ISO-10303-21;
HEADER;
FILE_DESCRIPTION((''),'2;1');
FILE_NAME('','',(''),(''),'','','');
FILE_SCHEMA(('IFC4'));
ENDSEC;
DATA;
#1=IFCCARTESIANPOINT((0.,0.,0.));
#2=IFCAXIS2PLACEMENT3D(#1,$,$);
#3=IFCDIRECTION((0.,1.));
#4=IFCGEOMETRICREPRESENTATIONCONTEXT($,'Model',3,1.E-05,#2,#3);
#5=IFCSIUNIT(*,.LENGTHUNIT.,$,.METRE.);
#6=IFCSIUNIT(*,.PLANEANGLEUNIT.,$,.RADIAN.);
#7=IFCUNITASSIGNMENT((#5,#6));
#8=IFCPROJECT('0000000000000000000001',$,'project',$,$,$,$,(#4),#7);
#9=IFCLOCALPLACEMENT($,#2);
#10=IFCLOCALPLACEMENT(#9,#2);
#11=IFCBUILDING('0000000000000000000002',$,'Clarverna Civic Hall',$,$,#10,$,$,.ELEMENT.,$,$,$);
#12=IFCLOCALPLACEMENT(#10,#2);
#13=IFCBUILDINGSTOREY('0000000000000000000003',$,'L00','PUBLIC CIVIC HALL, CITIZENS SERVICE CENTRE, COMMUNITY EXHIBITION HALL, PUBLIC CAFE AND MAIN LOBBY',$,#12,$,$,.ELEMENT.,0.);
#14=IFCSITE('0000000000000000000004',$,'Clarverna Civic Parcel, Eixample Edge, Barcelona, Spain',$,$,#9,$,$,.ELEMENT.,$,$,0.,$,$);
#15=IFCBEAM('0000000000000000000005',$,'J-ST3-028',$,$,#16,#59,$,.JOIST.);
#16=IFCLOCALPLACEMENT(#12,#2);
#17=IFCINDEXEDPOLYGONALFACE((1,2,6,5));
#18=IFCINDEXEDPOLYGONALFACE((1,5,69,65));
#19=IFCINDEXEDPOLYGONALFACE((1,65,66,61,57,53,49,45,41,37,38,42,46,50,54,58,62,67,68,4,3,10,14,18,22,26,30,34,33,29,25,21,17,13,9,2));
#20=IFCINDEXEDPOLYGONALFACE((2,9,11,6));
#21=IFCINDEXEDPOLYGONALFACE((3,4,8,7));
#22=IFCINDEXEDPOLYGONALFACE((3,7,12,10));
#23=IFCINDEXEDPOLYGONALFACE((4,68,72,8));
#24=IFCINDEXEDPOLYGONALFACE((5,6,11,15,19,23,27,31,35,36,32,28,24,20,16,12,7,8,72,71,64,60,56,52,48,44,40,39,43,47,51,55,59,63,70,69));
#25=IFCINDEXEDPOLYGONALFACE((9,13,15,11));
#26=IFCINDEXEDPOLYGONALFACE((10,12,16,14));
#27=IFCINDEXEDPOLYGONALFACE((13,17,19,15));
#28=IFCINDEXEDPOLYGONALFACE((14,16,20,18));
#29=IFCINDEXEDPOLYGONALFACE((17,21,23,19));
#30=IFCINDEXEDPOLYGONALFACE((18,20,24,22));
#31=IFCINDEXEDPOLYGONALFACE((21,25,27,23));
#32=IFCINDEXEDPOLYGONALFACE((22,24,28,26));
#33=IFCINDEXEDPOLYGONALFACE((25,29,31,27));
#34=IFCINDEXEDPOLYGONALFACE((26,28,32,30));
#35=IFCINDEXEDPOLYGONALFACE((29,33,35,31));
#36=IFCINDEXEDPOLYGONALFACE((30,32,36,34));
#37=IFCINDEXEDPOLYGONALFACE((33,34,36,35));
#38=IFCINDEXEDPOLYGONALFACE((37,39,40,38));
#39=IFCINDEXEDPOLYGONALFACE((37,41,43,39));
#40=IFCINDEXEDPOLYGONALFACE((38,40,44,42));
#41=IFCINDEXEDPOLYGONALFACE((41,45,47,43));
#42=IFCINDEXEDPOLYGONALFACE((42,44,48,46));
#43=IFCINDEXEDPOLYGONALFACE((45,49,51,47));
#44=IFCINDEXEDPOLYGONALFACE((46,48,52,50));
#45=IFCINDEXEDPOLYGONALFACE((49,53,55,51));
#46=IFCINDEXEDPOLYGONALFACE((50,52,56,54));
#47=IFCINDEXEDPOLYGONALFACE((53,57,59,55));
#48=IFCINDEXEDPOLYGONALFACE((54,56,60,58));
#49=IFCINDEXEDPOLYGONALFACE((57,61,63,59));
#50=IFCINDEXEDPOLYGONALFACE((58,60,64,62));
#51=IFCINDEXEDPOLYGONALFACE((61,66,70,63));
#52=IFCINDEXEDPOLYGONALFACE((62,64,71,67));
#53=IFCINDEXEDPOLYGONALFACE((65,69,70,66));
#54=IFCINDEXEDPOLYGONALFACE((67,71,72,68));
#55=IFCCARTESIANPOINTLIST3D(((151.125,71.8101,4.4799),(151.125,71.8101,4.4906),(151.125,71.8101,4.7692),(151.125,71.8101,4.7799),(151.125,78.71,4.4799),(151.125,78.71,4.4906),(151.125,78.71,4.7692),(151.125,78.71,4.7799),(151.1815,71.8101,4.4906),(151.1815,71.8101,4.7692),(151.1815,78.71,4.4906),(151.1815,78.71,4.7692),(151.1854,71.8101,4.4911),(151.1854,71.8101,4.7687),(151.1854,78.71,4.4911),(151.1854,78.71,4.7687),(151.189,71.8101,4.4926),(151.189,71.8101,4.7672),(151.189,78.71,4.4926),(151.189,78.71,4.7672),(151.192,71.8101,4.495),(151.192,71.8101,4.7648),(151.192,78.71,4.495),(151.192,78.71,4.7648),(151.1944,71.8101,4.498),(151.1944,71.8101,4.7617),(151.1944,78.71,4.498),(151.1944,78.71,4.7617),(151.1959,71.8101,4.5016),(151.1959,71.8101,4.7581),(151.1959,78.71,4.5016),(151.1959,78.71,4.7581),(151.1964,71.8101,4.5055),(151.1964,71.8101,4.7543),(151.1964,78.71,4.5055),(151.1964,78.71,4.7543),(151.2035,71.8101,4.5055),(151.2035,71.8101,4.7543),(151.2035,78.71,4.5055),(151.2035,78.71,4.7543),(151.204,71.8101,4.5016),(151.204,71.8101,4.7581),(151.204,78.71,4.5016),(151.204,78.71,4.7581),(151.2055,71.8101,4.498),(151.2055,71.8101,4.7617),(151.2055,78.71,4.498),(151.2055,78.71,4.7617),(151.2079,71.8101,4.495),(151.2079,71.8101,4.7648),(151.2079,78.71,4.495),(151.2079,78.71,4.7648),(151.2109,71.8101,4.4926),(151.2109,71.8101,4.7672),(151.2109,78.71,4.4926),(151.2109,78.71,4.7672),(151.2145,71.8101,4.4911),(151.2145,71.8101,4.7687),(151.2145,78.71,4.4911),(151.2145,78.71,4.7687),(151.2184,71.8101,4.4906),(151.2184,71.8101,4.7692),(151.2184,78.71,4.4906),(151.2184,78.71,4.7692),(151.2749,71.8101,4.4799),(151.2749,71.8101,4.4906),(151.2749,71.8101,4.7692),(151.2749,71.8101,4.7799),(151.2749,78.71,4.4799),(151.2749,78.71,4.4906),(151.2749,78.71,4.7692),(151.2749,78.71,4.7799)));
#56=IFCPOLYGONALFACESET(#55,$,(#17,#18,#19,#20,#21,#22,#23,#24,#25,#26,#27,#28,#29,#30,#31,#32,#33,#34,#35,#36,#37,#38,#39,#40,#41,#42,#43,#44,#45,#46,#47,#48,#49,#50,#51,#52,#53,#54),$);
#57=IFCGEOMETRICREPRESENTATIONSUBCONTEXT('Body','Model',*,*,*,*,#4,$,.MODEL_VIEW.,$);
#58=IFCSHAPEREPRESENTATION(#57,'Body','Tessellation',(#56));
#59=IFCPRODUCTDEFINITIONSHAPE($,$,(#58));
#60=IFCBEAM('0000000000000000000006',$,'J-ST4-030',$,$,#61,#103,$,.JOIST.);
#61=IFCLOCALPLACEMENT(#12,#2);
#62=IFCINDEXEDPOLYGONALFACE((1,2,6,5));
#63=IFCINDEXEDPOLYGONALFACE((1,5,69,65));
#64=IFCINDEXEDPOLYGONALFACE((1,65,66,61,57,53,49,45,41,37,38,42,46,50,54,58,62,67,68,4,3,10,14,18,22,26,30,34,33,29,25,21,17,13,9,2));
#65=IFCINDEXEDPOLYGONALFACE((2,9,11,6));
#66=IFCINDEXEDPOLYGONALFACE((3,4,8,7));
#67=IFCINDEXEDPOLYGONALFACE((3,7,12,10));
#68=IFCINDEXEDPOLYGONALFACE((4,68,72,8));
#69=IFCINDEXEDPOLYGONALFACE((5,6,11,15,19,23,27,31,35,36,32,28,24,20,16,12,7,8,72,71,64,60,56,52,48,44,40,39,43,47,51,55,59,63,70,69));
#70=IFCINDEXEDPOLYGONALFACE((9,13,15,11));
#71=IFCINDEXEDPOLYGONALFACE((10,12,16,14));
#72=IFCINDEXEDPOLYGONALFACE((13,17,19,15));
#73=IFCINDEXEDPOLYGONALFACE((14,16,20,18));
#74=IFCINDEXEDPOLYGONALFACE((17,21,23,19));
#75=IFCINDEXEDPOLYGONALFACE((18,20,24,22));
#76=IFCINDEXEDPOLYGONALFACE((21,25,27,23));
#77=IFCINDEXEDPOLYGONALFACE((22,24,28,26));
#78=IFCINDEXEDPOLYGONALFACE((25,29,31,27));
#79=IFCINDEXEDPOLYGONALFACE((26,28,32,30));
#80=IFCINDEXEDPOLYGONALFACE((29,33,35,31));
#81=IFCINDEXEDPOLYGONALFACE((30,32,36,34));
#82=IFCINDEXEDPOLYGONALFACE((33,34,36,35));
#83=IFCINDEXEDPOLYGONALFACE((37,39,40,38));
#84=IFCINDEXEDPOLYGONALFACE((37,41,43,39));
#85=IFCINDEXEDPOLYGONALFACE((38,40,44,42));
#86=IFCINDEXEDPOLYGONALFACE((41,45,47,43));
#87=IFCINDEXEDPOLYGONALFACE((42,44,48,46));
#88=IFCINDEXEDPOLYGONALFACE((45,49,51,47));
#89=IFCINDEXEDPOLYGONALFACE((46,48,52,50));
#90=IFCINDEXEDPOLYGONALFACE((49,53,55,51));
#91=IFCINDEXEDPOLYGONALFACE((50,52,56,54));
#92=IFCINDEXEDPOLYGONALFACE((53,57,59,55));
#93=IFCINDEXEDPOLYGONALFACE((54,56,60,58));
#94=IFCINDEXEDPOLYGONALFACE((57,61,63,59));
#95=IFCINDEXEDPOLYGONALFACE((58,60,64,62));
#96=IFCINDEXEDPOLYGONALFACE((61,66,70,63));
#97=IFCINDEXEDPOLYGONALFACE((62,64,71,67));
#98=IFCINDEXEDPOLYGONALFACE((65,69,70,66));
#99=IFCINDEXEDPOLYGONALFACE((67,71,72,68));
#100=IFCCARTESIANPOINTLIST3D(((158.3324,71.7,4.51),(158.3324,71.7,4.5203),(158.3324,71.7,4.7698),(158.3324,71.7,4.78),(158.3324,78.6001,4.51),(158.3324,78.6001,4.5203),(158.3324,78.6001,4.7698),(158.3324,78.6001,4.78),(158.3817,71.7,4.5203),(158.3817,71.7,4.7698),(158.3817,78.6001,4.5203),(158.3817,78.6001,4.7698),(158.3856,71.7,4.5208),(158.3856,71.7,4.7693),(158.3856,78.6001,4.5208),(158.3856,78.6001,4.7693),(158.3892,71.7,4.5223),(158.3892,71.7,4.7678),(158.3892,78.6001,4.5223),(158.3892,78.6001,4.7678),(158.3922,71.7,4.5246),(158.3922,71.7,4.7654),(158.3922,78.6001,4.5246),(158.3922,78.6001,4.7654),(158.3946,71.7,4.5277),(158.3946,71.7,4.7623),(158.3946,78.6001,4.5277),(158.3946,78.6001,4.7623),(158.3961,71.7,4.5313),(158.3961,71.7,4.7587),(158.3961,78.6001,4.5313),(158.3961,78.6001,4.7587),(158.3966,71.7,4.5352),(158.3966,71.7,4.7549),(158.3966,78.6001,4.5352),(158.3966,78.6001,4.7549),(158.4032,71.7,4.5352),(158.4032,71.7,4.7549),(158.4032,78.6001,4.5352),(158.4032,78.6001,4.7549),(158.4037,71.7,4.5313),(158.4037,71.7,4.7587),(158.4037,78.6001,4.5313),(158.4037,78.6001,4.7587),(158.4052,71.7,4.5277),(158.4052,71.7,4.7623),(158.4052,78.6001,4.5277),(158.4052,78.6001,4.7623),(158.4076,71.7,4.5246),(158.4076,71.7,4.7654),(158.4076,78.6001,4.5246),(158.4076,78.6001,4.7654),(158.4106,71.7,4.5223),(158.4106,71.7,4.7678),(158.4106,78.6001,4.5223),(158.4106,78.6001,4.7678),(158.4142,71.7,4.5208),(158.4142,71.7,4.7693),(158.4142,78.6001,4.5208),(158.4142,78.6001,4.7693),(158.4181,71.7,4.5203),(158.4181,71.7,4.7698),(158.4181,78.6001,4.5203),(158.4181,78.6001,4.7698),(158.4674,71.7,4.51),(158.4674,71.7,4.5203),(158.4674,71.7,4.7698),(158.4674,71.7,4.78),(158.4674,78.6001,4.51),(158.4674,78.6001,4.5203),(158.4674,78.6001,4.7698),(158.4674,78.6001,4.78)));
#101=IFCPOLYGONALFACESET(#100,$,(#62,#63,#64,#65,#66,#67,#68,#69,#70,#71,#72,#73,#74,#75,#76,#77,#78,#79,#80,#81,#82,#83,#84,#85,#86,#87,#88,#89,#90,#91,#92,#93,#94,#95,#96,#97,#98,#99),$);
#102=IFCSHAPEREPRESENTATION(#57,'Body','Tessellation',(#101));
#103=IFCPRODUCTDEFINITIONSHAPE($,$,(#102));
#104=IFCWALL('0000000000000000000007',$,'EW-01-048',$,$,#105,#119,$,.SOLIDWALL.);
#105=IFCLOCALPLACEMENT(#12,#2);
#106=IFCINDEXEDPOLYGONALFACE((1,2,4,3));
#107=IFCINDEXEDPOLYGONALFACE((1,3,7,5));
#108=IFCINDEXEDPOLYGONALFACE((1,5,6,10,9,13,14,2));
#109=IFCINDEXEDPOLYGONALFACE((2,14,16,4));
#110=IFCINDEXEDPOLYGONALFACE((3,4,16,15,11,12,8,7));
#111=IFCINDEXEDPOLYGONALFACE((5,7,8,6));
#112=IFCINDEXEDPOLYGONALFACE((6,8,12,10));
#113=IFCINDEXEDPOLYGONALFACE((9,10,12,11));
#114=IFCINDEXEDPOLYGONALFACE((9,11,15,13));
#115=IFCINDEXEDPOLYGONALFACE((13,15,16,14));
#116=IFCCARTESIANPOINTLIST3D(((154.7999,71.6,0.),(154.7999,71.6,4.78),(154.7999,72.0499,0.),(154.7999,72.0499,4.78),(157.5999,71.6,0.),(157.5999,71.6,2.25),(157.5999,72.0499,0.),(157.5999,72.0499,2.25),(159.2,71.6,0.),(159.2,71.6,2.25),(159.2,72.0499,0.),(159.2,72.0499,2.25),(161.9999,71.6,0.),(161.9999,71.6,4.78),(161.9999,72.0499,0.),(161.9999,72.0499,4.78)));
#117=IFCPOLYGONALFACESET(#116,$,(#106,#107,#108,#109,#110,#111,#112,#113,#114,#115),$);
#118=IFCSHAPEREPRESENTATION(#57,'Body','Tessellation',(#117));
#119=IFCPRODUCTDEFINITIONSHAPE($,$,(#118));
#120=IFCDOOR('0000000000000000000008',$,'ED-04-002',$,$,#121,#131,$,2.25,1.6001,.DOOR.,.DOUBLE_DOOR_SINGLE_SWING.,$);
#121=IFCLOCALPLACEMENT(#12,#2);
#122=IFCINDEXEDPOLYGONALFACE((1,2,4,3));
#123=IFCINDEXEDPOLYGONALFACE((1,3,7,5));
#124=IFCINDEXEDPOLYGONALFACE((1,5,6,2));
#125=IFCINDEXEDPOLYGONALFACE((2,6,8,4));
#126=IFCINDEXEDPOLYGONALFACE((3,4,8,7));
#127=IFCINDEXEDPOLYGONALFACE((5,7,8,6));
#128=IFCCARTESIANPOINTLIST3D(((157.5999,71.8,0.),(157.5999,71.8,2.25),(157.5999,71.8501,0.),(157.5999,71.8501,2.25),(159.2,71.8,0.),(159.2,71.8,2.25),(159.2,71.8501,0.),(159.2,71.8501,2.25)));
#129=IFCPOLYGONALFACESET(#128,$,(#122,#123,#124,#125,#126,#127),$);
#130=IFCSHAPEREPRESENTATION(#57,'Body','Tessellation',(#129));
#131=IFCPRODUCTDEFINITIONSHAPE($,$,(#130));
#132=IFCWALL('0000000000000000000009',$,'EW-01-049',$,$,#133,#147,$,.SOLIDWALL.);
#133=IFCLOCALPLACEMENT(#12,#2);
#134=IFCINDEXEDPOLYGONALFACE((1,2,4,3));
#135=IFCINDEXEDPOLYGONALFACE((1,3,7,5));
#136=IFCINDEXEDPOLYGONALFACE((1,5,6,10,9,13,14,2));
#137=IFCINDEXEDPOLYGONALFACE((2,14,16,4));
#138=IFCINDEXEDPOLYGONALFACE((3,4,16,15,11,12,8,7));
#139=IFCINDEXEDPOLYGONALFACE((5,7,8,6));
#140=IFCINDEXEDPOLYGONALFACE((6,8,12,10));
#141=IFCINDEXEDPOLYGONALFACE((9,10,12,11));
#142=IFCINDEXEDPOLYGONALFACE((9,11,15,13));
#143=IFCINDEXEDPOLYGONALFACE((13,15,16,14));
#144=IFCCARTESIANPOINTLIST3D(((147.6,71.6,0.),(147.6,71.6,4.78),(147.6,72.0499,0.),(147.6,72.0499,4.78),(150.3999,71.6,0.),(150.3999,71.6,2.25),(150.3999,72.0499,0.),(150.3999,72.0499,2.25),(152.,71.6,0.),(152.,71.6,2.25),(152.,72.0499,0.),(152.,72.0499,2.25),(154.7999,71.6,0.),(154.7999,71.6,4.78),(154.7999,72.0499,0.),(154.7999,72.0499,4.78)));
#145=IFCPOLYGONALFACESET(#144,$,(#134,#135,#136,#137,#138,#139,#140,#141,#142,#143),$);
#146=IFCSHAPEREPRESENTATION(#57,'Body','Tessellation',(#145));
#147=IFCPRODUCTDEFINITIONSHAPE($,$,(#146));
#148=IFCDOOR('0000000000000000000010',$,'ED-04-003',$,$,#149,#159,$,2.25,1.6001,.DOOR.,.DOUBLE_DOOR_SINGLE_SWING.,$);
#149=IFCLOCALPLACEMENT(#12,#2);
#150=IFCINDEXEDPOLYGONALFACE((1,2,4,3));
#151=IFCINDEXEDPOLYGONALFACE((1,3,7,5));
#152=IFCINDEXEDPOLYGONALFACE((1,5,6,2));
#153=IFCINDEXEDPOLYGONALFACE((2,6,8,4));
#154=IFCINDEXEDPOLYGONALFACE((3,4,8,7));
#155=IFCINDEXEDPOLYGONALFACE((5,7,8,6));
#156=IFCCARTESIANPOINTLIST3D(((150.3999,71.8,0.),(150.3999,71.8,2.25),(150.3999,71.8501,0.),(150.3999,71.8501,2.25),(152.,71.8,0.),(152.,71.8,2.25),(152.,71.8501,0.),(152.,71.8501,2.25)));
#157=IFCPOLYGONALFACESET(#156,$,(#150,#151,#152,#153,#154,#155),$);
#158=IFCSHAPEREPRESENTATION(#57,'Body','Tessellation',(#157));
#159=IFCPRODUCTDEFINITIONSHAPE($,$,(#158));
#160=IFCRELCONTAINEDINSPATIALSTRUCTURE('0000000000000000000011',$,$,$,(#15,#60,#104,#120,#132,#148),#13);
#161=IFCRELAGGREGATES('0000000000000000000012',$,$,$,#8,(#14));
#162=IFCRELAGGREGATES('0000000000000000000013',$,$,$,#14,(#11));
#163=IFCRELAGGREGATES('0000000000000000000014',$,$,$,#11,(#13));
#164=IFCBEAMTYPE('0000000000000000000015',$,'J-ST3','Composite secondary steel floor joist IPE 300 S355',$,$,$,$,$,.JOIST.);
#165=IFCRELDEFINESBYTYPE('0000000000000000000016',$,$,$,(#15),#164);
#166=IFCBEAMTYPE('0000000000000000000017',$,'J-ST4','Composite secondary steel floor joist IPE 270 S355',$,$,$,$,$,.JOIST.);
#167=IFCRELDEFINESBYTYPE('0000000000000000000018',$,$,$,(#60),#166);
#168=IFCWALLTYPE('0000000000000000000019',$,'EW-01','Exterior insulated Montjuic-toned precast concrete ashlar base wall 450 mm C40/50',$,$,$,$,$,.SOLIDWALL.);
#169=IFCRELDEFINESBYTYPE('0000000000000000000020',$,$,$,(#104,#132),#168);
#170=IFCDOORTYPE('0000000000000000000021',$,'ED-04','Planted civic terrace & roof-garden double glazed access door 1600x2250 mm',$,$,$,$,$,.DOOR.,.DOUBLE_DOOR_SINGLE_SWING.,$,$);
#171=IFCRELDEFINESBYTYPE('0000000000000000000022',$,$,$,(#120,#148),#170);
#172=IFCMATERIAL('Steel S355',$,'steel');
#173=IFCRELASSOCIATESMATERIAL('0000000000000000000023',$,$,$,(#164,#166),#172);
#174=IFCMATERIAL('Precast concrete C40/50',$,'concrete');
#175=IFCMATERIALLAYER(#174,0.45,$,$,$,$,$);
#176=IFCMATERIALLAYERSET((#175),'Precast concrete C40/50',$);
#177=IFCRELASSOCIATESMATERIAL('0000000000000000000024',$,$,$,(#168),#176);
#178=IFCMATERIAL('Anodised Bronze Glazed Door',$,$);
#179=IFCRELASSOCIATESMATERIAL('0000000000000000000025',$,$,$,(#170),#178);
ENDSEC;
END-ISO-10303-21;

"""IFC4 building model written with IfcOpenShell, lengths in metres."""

from ifc_helpers import new_model, si_unit, direction, frame, frame_2d, origin, origin_2d, place, context, subcontext, project, spatial, rectangle, i_section, extrude, material, layer, layer_set, material_profile, profile_set, type_object, element, fill, save


model = new_model("IFC4")

# Units and contexts
model_context = context("Model", 3, precision=1e-05, world=origin(), true_north=direction((0.0, 1.0)))
body_context = subcontext(model_context, "Body", "Model", "MODEL_VIEW")
ifc_project = project(units=[si_unit("LENGTHUNIT", "METRE"), si_unit("PLANEANGLEUNIT", "RADIAN")], contexts=[model_context])

# Site, building, storey
site_placement = place(None, origin())
site = spatial("IfcSite", under=ifc_project, at=site_placement, Name="Clarverna Civic Parcel, Eixample Edge, Barcelona, Spain", CompositionType="ELEMENT", RefElevation=0.0)
building_placement = place(site_placement, origin())
building = spatial("IfcBuilding", under=site, at=building_placement, Name="Clarverna Civic Hall", CompositionType="ELEMENT")
storey_placement = place(building_placement, origin())
storey = spatial("IfcBuildingStorey", under=building, at=storey_placement, Name="L00", Description="PUBLIC CIVIC HALL, CITIZENS SERVICE CENTRE, COMMUNITY EXHIBITION HALL, PUBLIC CAFE AND MAIN LOBBY", CompositionType="ELEMENT", Elevation=0.0)

# Beams
ifc_material_1 = material(Name="Steel S355", Category="steel")
ifc_material_profile_1 = material_profile(ifc_material_1, i_section(OverallWidth=0.1499, OverallDepth=0.3, WebThickness=0.0071, FlangeThickness=0.0107, FilletRadius=0.0149, at=origin_2d()), Name="IPE 300")
ifc_profile_set_1 = profile_set([ifc_material_profile_1], Name="Steel S355")
beam_type_1 = type_object("IfcBeamType", Name="J-ST3", Description="Composite secondary steel floor joist IPE 300 S355", PredefinedType="JOIST", material=ifc_profile_set_1)
beam_1_placement = place(storey_placement, frame((151.2, 71.8101, 4.6299), z_axis=(0.0, 1.0, 0.0), x_axis=(-1.0, 0.0, 0.0)))
element("IfcBeam", 1, at=beam_1_placement, inside=storey, type_object=beam_type_1, Name="J-ST3-028", PredefinedType="JOIST", context=body_context, shape_type="SweptSolid", body=[
    extrude(i_section(OverallWidth=0.1499, OverallDepth=0.3, WebThickness=0.0071, FlangeThickness=0.0107, FilletRadius=0.0149, at=origin_2d()), origin(), (0.0, 0.0, 1.0), 6.8999),
])
ifc_material_profile_2 = material_profile(ifc_material_1, i_section(OverallWidth=0.135, OverallDepth=0.27, WebThickness=0.0066, FlangeThickness=0.0103, FilletRadius=0.0149, at=origin_2d()), Name="IPE 270")
ifc_profile_set_2 = profile_set([ifc_material_profile_2], Name="Steel S355")
beam_type_2 = type_object("IfcBeamType", Name="J-ST4", Description="Composite secondary steel floor joist IPE 270 S355", PredefinedType="JOIST", material=ifc_profile_set_2)
beam_2_placement = place(storey_placement, frame((158.3999, 71.7, 4.645), z_axis=(0.0, 1.0, 0.0), x_axis=(-1.0, 0.0, 0.0)))
element("IfcBeam", 2, at=beam_2_placement, inside=storey, type_object=beam_type_2, Name="J-ST4-030", PredefinedType="JOIST", context=body_context, shape_type="SweptSolid", body=[
    extrude(i_section(OverallWidth=0.135, OverallDepth=0.27, WebThickness=0.0066, FlangeThickness=0.0103, FilletRadius=0.0149, at=origin_2d()), origin(), (0.0, 0.0, 1.0), 6.9001),
])

# Walls, openings, doors
ifc_material_2 = material(Name="Precast concrete C40/50", Category="concrete")
ifc_layer_1 = layer(ifc_material_2, 0.45)
ifc_layer_set_1 = layer_set([ifc_layer_1], Name="Precast concrete C40/50")
wall_type_1 = type_object("IfcWallType", Name="EW-01", Description="Exterior insulated Montjuic-toned precast concrete ashlar base wall 450 mm C40/50", PredefinedType="SOLIDWALL", material=ifc_layer_set_1)
wall_1_placement = place(storey_placement, frame((162.0, 71.825, 0.0), z_axis=(0.0, 0.0, 1.0), x_axis=(-1.0, 0.0, 0.0)))
wall_1 = element("IfcWall", 3, at=wall_1_placement, inside=storey, type_object=wall_type_1, Name="EW-01-048", PredefinedType="SOLIDWALL", context=body_context, shape_type="SweptSolid", body=[
    extrude(rectangle(XDim=7.2, YDim=0.45, at=frame_2d((3.6001, 0.0))), origin(), (0.0, 0.0, 1.0), 4.78),
])
opening_1_placement = place(wall_1_placement, frame((2.8, 0.0, 0.0)))
opening_1 = element("IfcOpeningElement", 4, at=opening_1_placement, cuts=wall_1, PredefinedType="OPENING", context=body_context, shape_type="SweptSolid", body=[
    extrude(rectangle(XDim=1.6001, YDim=2.25, at=frame_2d((0.8, 1.125))), frame((0.0, 0.2349, 0.0), z_axis=(0.0, -1.0, 0.0), x_axis=(1.0, 0.0, 0.0)), (0.0, 0.0, 1.0), 0.47),
])
ifc_material_3 = material(Name="Anodised Bronze Glazed Door")
door_type_1 = type_object("IfcDoorType", Name="ED-04", Description="Planted civic terrace & roof-garden double glazed access door 1600x2250 mm", OperationType="DOUBLE_DOOR_SINGLE_SWING", PredefinedType="DOOR", material=ifc_material_3)
door_1_placement = place(opening_1_placement, origin())
door_1 = element("IfcDoor", 5, at=door_1_placement, inside=storey, type_object=door_type_1, Name="ED-04-002", OperationType="DOUBLE_DOOR_SINGLE_SWING", OverallHeight=2.25, OverallWidth=1.6001, PredefinedType="DOOR", context=body_context, shape_type="SweptSolid", body=[
    extrude(rectangle(XDim=1.6001, YDim=2.25, at=frame_2d((0.8, 1.125))), frame((0.0, 0.0249, 0.0), z_axis=(0.0, -1.0, 0.0), x_axis=(1.0, 0.0, 0.0)), (0.0, 0.0, 1.0), 0.05),
])
fill(opening_1, door_1)
wall_2_placement = place(storey_placement, frame((154.8, 71.825, 0.0), z_axis=(0.0, 0.0, 1.0), x_axis=(-1.0, 0.0, 0.0)))
wall_2 = element("IfcWall", 6, at=wall_2_placement, inside=storey, type_object=wall_type_1, Name="EW-01-049", PredefinedType="SOLIDWALL", context=body_context, shape_type="SweptSolid", body=[
    extrude(rectangle(XDim=7.2, YDim=0.45, at=frame_2d((3.6001, 0.0))), origin(), (0.0, 0.0, 1.0), 4.78),
])
opening_2_placement = place(wall_2_placement, frame((2.8, 0.0, 0.0)))
opening_2 = element("IfcOpeningElement", 7, at=opening_2_placement, cuts=wall_2, PredefinedType="OPENING", context=body_context, shape_type="SweptSolid", body=[
    extrude(rectangle(XDim=1.6001, YDim=2.25, at=frame_2d((0.8, 1.125))), frame((0.0, 0.2349, 0.0), z_axis=(0.0, -1.0, 0.0), x_axis=(1.0, 0.0, 0.0)), (0.0, 0.0, 1.0), 0.47),
])
door_2_placement = place(opening_2_placement, origin())
door_2 = element("IfcDoor", 8, at=door_2_placement, inside=storey, type_object=door_type_1, Name="ED-04-003", OperationType="DOUBLE_DOOR_SINGLE_SWING", OverallHeight=2.25, OverallWidth=1.6001, PredefinedType="DOOR", context=body_context, shape_type="SweptSolid", body=[
    extrude(rectangle(XDim=1.6001, YDim=2.25, at=frame_2d((0.8, 1.125))), frame((0.0, 0.0249, 0.0), z_axis=(0.0, -1.0, 0.0), x_axis=(1.0, 0.0, 0.0)), (0.0, 0.0, 1.0), 0.05),
])
fill(opening_2, door_2)

save(model, "model.ifc")
